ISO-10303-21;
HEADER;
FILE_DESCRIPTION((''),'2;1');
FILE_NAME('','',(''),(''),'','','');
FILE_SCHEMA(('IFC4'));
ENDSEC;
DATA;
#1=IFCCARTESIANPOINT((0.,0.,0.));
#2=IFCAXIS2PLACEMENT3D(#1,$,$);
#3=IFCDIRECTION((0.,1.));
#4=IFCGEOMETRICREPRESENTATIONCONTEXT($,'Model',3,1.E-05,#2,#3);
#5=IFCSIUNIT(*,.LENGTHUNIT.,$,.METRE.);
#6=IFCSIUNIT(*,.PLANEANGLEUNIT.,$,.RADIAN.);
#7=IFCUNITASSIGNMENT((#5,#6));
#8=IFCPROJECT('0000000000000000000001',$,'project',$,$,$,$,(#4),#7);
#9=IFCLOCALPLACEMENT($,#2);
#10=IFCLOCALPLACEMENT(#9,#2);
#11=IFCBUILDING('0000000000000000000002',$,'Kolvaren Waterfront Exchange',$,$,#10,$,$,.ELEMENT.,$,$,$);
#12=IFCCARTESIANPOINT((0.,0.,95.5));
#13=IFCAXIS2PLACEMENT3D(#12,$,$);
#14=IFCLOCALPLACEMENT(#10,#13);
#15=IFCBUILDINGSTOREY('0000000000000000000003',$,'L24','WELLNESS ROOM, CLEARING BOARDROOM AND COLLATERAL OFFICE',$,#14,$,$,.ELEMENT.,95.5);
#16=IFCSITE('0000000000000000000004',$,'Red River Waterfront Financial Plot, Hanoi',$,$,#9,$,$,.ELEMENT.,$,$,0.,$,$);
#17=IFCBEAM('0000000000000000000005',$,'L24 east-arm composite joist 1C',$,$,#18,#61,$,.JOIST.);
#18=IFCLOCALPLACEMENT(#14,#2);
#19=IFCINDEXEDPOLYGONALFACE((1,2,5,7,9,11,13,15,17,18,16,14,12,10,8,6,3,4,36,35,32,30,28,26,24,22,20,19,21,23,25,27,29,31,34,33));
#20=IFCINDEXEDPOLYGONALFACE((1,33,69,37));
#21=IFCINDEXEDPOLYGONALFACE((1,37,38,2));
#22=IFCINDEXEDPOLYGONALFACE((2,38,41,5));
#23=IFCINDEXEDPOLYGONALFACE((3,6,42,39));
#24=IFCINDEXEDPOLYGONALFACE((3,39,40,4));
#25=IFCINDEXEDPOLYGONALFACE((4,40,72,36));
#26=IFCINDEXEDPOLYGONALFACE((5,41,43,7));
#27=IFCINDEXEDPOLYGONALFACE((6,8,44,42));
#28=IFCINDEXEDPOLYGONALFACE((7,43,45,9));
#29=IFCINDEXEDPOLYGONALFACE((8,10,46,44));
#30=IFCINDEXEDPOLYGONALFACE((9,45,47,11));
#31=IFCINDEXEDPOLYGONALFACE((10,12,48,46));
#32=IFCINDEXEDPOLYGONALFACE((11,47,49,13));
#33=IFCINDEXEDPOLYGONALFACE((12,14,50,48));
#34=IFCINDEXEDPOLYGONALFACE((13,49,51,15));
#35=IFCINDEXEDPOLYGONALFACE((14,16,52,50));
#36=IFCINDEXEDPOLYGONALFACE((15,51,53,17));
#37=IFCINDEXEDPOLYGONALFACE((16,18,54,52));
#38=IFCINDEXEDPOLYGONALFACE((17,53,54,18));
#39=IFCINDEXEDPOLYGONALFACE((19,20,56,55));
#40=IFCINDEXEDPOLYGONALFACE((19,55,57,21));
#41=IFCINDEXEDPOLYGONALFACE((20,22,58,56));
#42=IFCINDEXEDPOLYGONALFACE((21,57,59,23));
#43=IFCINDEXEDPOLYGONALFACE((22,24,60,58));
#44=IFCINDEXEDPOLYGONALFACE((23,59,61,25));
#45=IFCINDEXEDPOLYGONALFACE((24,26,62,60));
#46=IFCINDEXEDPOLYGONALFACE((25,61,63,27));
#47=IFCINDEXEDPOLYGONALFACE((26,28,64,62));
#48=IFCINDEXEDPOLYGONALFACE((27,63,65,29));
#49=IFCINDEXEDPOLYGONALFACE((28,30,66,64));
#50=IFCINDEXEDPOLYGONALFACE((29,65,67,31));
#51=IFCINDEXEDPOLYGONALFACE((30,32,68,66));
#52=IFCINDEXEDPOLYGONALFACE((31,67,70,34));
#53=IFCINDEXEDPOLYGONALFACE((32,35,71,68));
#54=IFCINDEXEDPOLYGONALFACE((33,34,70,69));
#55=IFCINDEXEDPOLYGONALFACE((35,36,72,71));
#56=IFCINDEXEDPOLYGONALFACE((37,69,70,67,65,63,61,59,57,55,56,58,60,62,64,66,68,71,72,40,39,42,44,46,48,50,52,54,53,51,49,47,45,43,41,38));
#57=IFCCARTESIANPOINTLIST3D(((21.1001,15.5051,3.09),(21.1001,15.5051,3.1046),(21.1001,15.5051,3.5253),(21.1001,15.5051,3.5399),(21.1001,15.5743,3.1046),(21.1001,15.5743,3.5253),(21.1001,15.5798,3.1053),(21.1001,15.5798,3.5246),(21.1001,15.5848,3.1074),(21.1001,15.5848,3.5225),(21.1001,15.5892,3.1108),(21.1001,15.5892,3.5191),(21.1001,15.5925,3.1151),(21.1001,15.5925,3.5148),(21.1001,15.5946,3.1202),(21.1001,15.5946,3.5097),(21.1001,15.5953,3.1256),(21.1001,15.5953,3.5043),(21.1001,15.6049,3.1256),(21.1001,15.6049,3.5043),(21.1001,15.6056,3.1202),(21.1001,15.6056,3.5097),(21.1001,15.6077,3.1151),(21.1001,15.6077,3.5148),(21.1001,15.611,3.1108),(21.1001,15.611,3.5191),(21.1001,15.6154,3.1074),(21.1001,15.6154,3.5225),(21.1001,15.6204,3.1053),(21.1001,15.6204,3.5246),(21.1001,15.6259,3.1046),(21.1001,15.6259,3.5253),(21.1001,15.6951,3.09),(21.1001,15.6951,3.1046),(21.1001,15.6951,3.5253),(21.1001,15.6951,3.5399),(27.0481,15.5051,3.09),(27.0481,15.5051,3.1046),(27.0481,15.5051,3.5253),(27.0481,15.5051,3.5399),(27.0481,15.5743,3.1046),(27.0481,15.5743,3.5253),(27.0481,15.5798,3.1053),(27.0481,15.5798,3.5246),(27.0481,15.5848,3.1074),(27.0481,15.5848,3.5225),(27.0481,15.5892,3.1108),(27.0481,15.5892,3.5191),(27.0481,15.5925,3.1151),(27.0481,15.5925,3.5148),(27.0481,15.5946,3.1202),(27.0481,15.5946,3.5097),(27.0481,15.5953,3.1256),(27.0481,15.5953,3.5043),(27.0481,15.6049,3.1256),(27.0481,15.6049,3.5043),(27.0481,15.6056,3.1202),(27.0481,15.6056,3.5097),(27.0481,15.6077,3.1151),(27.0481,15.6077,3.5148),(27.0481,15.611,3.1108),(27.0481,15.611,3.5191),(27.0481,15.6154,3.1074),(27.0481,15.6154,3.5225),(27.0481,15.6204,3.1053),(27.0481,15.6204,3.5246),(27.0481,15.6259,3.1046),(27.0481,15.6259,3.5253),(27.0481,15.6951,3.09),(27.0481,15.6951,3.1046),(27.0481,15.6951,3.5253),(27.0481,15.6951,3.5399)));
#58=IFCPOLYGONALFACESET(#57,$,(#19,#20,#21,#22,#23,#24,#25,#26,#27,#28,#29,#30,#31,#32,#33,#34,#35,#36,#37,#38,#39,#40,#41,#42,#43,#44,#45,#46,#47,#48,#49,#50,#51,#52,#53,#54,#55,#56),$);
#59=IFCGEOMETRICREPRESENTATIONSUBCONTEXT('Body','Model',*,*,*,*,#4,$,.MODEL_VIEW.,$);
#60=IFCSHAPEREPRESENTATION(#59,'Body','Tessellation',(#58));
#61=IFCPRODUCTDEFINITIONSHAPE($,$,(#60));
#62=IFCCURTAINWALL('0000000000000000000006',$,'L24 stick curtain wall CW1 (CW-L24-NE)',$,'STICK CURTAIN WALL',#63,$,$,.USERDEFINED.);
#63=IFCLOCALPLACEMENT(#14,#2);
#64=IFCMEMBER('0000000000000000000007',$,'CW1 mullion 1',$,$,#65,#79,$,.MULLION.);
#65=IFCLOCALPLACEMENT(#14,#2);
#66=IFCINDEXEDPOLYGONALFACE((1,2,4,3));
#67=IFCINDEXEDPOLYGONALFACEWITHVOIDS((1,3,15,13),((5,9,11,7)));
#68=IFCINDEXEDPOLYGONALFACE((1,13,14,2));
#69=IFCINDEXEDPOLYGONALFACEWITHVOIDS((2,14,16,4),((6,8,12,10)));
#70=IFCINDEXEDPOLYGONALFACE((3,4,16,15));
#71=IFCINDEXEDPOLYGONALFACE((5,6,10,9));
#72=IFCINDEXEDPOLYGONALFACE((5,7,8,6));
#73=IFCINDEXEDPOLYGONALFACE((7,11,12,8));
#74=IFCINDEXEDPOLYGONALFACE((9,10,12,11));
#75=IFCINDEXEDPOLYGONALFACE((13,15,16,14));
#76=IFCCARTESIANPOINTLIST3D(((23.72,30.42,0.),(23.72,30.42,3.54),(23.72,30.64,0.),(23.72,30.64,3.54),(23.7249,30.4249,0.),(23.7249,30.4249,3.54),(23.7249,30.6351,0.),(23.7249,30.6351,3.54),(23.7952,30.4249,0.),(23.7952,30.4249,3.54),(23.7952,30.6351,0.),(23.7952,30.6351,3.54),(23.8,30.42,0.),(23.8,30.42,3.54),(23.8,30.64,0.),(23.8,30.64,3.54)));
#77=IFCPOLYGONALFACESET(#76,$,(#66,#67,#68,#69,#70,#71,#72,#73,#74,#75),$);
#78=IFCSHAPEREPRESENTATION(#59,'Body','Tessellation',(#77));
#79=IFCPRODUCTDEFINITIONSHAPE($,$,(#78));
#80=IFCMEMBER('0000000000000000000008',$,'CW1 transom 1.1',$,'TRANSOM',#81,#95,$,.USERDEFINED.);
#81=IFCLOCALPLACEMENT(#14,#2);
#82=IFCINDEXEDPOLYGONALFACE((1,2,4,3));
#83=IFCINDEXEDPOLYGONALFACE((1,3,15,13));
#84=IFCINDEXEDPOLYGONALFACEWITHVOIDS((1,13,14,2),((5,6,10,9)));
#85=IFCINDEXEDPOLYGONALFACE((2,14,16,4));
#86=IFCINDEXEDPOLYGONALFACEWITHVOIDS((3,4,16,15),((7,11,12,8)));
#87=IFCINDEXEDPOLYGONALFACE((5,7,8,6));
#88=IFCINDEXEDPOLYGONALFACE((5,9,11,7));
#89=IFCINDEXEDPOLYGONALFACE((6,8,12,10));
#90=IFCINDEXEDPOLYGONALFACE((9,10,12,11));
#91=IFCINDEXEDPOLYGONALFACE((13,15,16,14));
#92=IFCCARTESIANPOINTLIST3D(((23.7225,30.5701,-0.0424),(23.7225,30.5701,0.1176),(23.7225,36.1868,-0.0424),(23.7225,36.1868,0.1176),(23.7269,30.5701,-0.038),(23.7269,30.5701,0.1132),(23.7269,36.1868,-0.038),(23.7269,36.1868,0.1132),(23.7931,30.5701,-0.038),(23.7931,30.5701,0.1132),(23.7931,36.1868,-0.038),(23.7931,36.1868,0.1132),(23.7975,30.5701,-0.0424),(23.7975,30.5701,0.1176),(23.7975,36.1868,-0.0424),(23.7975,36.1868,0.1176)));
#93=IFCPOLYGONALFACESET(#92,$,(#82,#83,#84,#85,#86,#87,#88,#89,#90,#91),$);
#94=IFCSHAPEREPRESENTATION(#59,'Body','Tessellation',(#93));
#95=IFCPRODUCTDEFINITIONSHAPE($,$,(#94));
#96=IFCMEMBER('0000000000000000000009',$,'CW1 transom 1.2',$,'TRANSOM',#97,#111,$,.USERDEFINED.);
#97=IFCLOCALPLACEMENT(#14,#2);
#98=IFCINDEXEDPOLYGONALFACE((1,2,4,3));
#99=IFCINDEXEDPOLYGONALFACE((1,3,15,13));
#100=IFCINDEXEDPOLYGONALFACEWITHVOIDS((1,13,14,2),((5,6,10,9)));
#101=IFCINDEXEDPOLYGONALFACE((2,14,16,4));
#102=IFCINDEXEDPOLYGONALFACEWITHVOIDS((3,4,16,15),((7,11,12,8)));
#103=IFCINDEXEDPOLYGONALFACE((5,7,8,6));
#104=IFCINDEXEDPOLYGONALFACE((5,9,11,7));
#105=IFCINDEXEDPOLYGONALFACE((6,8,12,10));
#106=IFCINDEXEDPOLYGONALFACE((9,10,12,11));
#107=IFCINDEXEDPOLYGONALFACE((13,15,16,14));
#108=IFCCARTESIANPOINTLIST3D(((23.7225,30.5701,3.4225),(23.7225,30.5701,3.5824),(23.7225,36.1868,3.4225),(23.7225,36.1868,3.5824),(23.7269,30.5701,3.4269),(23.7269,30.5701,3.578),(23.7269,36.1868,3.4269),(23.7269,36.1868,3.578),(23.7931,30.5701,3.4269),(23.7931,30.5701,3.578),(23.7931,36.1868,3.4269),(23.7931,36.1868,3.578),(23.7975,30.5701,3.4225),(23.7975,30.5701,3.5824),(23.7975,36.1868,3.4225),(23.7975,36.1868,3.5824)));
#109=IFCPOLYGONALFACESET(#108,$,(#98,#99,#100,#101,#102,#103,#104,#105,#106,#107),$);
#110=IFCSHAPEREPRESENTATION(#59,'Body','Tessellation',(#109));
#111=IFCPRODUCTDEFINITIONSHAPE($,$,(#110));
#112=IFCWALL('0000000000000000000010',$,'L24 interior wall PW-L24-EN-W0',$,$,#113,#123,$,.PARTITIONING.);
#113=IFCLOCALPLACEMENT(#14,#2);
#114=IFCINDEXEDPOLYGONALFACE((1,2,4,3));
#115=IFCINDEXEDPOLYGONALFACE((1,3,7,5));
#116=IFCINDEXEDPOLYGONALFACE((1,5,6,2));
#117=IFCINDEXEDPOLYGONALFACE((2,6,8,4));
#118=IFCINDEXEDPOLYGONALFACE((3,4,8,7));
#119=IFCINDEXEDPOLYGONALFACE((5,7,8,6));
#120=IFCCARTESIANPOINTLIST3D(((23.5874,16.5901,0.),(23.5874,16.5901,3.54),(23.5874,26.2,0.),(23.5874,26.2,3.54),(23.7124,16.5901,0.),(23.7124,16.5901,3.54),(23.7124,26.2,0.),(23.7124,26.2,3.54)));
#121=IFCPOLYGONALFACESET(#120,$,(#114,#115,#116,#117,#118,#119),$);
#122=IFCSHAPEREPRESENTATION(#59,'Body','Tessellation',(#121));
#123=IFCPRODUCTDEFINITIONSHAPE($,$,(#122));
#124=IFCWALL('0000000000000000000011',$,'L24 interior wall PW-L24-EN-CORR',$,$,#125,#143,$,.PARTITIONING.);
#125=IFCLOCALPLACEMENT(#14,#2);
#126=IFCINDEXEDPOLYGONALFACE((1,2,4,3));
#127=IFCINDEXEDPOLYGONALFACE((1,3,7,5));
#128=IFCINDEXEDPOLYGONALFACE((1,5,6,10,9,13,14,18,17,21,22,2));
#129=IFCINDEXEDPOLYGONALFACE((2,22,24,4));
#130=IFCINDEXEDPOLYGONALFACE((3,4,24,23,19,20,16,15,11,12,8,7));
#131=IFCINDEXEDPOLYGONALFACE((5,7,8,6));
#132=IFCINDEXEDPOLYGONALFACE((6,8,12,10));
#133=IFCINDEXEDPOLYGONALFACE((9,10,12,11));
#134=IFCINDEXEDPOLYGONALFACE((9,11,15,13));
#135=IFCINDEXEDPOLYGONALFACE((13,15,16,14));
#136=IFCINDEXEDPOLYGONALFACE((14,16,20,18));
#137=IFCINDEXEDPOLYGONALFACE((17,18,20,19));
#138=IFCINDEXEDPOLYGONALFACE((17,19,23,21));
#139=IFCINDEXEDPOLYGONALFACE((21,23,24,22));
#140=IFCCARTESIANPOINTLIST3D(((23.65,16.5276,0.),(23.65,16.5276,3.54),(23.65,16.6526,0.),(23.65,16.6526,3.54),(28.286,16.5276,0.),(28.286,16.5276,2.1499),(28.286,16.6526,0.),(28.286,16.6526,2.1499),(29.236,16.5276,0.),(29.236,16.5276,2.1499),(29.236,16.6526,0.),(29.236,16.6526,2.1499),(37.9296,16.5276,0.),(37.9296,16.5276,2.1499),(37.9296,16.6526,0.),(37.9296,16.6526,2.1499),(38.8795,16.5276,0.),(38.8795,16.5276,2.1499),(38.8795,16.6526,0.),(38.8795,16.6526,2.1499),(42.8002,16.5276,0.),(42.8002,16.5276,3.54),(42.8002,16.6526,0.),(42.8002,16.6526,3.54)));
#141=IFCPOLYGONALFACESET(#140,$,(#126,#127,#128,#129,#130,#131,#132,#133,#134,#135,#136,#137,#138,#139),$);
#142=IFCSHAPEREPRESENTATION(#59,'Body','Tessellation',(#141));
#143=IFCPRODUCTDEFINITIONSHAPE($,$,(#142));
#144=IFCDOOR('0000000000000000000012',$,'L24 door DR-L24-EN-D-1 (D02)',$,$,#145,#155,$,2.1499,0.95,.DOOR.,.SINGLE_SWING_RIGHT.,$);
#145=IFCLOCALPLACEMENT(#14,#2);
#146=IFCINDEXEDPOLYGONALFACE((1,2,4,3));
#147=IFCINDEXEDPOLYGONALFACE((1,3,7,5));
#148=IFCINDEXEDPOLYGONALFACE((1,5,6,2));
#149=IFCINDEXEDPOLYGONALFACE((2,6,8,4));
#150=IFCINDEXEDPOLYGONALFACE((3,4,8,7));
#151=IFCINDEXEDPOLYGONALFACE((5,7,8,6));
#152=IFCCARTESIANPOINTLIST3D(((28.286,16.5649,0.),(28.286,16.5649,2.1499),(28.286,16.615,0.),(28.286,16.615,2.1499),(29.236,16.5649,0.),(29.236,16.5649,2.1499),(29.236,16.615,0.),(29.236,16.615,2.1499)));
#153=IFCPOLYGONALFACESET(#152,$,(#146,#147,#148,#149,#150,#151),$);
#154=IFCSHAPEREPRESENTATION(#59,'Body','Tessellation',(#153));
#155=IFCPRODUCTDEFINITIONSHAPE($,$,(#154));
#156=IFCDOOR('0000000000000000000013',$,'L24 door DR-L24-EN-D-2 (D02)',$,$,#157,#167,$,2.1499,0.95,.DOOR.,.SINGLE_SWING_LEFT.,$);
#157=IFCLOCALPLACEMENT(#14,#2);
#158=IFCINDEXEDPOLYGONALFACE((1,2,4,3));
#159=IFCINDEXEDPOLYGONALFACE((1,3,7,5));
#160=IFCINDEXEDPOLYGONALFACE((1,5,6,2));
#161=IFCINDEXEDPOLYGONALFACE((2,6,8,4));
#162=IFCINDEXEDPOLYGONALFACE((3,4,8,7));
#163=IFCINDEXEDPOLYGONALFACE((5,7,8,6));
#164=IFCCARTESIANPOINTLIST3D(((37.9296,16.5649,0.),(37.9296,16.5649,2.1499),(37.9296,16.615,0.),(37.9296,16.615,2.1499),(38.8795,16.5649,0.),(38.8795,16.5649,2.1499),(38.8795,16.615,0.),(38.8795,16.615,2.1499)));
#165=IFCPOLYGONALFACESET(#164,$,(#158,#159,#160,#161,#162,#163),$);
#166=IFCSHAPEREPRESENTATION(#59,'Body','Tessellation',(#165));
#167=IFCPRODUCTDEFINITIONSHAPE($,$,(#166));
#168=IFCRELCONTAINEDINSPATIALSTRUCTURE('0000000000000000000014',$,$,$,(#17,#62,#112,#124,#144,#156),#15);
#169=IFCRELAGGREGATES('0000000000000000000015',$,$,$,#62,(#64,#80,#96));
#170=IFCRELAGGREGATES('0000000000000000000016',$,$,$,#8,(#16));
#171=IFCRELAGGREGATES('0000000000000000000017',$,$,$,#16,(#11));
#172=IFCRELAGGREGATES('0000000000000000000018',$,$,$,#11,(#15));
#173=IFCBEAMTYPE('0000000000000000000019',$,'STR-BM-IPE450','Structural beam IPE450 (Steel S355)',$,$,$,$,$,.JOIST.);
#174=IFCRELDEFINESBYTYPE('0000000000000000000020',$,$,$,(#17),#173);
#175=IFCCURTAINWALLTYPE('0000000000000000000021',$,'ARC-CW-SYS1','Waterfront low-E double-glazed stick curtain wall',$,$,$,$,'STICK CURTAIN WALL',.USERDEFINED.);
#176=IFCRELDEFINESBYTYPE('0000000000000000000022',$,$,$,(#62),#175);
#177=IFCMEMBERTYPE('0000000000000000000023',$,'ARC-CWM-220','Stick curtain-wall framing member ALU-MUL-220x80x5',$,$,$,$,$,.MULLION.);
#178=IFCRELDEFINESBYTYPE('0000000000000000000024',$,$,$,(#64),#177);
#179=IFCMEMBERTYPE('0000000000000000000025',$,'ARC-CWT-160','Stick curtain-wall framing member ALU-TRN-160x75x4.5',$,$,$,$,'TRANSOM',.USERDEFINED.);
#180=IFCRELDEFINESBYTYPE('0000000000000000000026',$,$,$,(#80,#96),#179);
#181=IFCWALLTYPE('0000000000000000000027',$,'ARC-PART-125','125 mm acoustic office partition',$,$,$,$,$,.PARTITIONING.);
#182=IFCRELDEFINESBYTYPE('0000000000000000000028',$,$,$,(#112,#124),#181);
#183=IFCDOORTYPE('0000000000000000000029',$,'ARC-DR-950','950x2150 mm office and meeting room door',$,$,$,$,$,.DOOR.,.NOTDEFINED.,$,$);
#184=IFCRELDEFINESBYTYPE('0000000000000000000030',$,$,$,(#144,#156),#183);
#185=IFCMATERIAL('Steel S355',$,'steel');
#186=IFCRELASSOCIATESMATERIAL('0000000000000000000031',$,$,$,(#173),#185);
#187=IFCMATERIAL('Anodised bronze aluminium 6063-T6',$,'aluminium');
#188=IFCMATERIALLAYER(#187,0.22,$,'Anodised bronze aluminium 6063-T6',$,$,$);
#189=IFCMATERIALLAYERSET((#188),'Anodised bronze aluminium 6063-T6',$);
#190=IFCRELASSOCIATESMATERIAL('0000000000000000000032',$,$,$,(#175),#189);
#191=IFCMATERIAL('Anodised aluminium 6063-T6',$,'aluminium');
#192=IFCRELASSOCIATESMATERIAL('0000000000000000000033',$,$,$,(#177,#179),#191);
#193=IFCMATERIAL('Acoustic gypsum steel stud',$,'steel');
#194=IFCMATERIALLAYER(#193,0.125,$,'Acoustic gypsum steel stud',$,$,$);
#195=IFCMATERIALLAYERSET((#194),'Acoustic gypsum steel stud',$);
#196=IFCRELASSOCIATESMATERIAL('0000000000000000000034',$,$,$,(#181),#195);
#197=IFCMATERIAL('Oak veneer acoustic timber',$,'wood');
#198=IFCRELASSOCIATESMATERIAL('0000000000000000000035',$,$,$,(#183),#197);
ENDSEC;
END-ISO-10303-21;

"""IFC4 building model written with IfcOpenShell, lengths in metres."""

from ifc_helpers import new_model, si_unit, direction, frame, frame_2d, origin, origin_with_axes, origin_2d, place, context, subcontext, project, spatial, rectangle, hollow_rectangle, i_section, extrude, source, transform, mapped, material, layer, layer_set, material_profile, profile_set, type_object, element, fill, aggregate, save


model = new_model("IFC4")

# Units and contexts
model_context = context("Model", 3, precision=1e-05, world=origin(), true_north=direction((0.0, 1.0)))
body_context = subcontext(model_context, "Body", "Model", "MODEL_VIEW")
ifc_project = project(units=[si_unit("LENGTHUNIT", "METRE"), si_unit("PLANEANGLEUNIT", "RADIAN")], contexts=[model_context])

# Site, building, storey
site_placement = place(None, origin())
site = spatial("IfcSite", under=ifc_project, at=site_placement, Name="Red River Waterfront Financial Plot, Hanoi", CompositionType="ELEMENT", RefElevation=0.0)
building_placement = place(site_placement, origin())
building = spatial("IfcBuilding", under=site, at=building_placement, Name="Kolvaren Waterfront Exchange", CompositionType="ELEMENT")
storey_placement = place(building_placement, frame((0.0, 0.0, 95.5)))
storey = spatial("IfcBuildingStorey", under=building, at=storey_placement, Name="L24", Description="WELLNESS ROOM, CLEARING BOARDROOM AND COLLATERAL OFFICE", CompositionType="ELEMENT", Elevation=95.5)

# Beam
ifc_material_1 = material(Name="Steel S355", Category="steel")
ifc_material_profile_1 = material_profile(ifc_material_1, i_section(OverallWidth=0.1899, OverallDepth=0.45, WebThickness=0.0095, FlangeThickness=0.0146, FilletRadius=0.021, at=origin_2d()), Name="IPE450")
ifc_profile_set_1 = profile_set([ifc_material_profile_1], Name="Steel S355")
beam_type_1 = type_object("IfcBeamType", Name="STR-BM-IPE450", Description="Structural beam IPE450 (Steel S355)", PredefinedType="JOIST", material=ifc_profile_set_1)
for number, where, z_axis, x_axis, name in (
    (1, (21.1001, 15.6001, 3.3149), (1.0, 0.0, 0.0), (0.0, 1.0, 0.0), "L24 east-arm composite joist 1C"),
):
    element("IfcBeam", number, at=place(storey_placement, frame(where, z_axis=z_axis, x_axis=x_axis)), inside=storey, type_object=beam_type_1, Name=name, PredefinedType="JOIST", context=body_context, shape_type="SweptSolid", body=[
        extrude(i_section(OverallWidth=0.1899, OverallDepth=0.45, WebThickness=0.0095, FlangeThickness=0.0146, FilletRadius=0.021, at=origin_2d()), origin(), (0.0, 0.0, 1.0), 5.948),
    ])

# Curtain wall, members
ifc_material_2 = material(Name="Anodised bronze aluminium 6063-T6", Category="aluminium")
ifc_layer_1 = layer(ifc_material_2, 0.22, Name="Anodised bronze aluminium 6063-T6")
ifc_layer_set_1 = layer_set([ifc_layer_1], Name="Anodised bronze aluminium 6063-T6")
curtain_wall_type = type_object("IfcCurtainWallType", Name="ARC-CW-SYS1", Description="Waterfront low-E double-glazed stick curtain wall", ElementType="STICK CURTAIN WALL", PredefinedType="USERDEFINED", material=ifc_layer_set_1)
curtain_wall_placement = place(storey_placement, origin())
curtain_wall = element("IfcCurtainWall", 2, at=curtain_wall_placement, inside=storey, type_object=curtain_wall_type, Name="L24 stick curtain wall CW1 (CW-L24-NE)", ObjectType="STICK CURTAIN WALL", PredefinedType="USERDEFINED")
ifc_material_3 = material(Name="Anodised aluminium 6063-T6", Category="aluminium")
ifc_material_profile_2 = material_profile(ifc_material_3, hollow_rectangle(XDim=0.0801, YDim=0.22, WallThickness=0.0049, at=origin_2d()), Name="ALU-MUL-220x80x5")
ifc_profile_set_2 = profile_set([ifc_material_profile_2], Name="Anodised aluminium 6063-T6")
member_type_1 = type_object("IfcMemberType", Name="ARC-CWM-220", Description="Stick curtain-wall framing member ALU-MUL-220x80x5", PredefinedType="MULLION", material=ifc_profile_set_2)
shared_shape_1 = source(origin_with_axes(), body_context, "Body", "SweptSolid", [
    extrude(hollow_rectangle(XDim=0.0801, YDim=0.22, WallThickness=0.0049, at=origin_2d()), origin(), (0.0, 0.0, 1.0), 3.54),
])
member_1_placement = place(storey_placement, frame((23.76, 30.53, 0.0), z_axis=(0.0, 0.0, 1.0), x_axis=(-1.0, 0.0, 0.0)))
member_1 = element("IfcMember", 3, at=member_1_placement, type_object=member_type_1, Name="CW1 mullion 1", PredefinedType="MULLION", context=body_context, shape_type="MappedRepresentation", body=[
    mapped(shared_shape_1, transform((0.0, 0.0, 0.0), x_axis=(1.0, 0.0, 0.0), y_axis=(0.0, 1.0, 0.0), z_axis=(0.0, 0.0, 1.0), scale=1.0)),
])
ifc_material_profile_3 = material_profile(ifc_material_3, hollow_rectangle(XDim=0.075, YDim=0.1599, WallThickness=0.0044, at=origin_2d()), Name="ALU-TRN-160x75x4.5")
ifc_profile_set_3 = profile_set([ifc_material_profile_3], Name="Anodised aluminium 6063-T6")
member_type_2 = type_object("IfcMemberType", Name="ARC-CWT-160", Description="Stick curtain-wall framing member ALU-TRN-160x75x4.5", ElementType="TRANSOM", PredefinedType="USERDEFINED", material=ifc_profile_set_3)
shared_shape_2 = source(origin_with_axes(), body_context, "Body", "SweptSolid", [
    extrude(hollow_rectangle(XDim=0.075, YDim=0.1599, WallThickness=0.0044, at=origin_2d()), origin(), (0.0, 0.0, 1.0), 5.6167),
])
member_2_placement = place(storey_placement, frame((23.76, 30.5701, 0.0376), z_axis=(0.0, 1.0, 0.0), x_axis=(-1.0, 0.0, 0.0)))
member_2 = element("IfcMember", 4, at=member_2_placement, type_object=member_type_2, Name="CW1 transom 1.1", ObjectType="TRANSOM", PredefinedType="USERDEFINED", context=body_context, shape_type="MappedRepresentation", body=[
    mapped(shared_shape_2, transform((0.0, 0.0, 0.0), x_axis=(1.0, 0.0, 0.0), y_axis=(0.0, 1.0, 0.0), z_axis=(0.0, 0.0, 1.0), scale=1.0)),
])
member_3_placement = place(storey_placement, frame((23.76, 30.5701, 3.5024), z_axis=(0.0, 1.0, 0.0), x_axis=(-1.0, 0.0, 0.0)))
member_3 = element("IfcMember", 5, at=member_3_placement, type_object=member_type_2, Name="CW1 transom 1.2", ObjectType="TRANSOM", PredefinedType="USERDEFINED", context=body_context, shape_type="MappedRepresentation", body=[
    mapped(shared_shape_2, transform((0.0, 0.0, 0.0), x_axis=(1.0, 0.0, 0.0), y_axis=(0.0, 1.0, 0.0), z_axis=(0.0, 0.0, 1.0), scale=1.0)),
])
aggregate(curtain_wall, [member_1, member_2, member_3])

# Wall
ifc_material_4 = material(Name="Acoustic gypsum steel stud", Category="steel")
ifc_layer_2 = layer(ifc_material_4, 0.125, Name="Acoustic gypsum steel stud")
ifc_layer_set_2 = layer_set([ifc_layer_2], Name="Acoustic gypsum steel stud")
wall_type_1 = type_object("IfcWallType", Name="ARC-PART-125", Description="125 mm acoustic office partition", PredefinedType="PARTITIONING", material=ifc_layer_set_2)
wall_1_placement = place(storey_placement, frame((23.6499, 16.5901, 0.0), z_axis=(0.0, 0.0, 1.0), x_axis=(0.0, 1.0, 0.0)))
element("IfcWall", 6, at=wall_1_placement, inside=storey, type_object=wall_type_1, Name="L24 interior wall PW-L24-EN-W0", PredefinedType="PARTITIONING", context=body_context, shape_type="SweptSolid", body=[
    extrude(rectangle(XDim=9.6099, YDim=0.125, at=frame_2d((4.8049, 0.0))), origin(), (0.0, 0.0, 1.0), 3.54),
])

# Wall, openings, doors
wall_2_placement = place(storey_placement, frame((23.6499, 16.5901, 0.0), z_axis=(0.0, 0.0, 1.0), x_axis=(1.0, 0.0, 0.0)))
wall_2 = element("IfcWall", 7, at=wall_2_placement, inside=storey, type_object=wall_type_1, Name="L24 interior wall PW-L24-EN-CORR", PredefinedType="PARTITIONING", context=body_context, shape_type="SweptSolid", body=[
    extrude(rectangle(XDim=19.1501, YDim=0.125, at=frame_2d((9.5752, 0.0))), origin(), (0.0, 0.0, 1.0), 3.54),
])
opening_1_placement = place(wall_2_placement, frame((4.636, 0.0, 0.0)))
opening_1 = element("IfcOpeningElement", 8, at=opening_1_placement, cuts=wall_2, PredefinedType="OPENING", context=body_context, shape_type="SweptSolid", body=[
    extrude(rectangle(XDim=0.95, YDim=2.1499, at=frame_2d((0.4751, 1.075))), frame((0.0, 0.0725, 0.0), z_axis=(0.0, -1.0, 0.0), x_axis=(1.0, 0.0, 0.0)), (0.0, 0.0, 1.0), 0.145),
])
opening_2_placement = place(wall_2_placement, frame((14.2795, 0.0, 0.0)))
opening_2 = element("IfcOpeningElement", 9, at=opening_2_placement, cuts=wall_2, PredefinedType="OPENING", context=body_context, shape_type="SweptSolid", body=[
    extrude(rectangle(XDim=0.95, YDim=2.1499, at=frame_2d((0.4751, 1.075))), frame((0.0, 0.0725, 0.0), z_axis=(0.0, -1.0, 0.0), x_axis=(1.0, 0.0, 0.0)), (0.0, 0.0, 1.0), 0.145),
])
ifc_material_5 = material(Name="Oak veneer acoustic timber", Category="wood")
door_type = type_object("IfcDoorType", Name="ARC-DR-950", Description="950x2150 mm office and meeting room door", OperationType="NOTDEFINED", PredefinedType="DOOR", material=ifc_material_5)
door_1_placement = place(opening_1_placement, origin())
door_1 = element("IfcDoor", 10, at=door_1_placement, inside=storey, type_object=door_type, Name="L24 door DR-L24-EN-D-1 (D02)", OperationType="SINGLE_SWING_RIGHT", OverallHeight=2.1499, OverallWidth=0.95, PredefinedType="DOOR", context=body_context, shape_type="SweptSolid", body=[
    extrude(rectangle(XDim=0.95, YDim=2.1499, at=frame_2d((0.4751, 1.075))), frame((0.0, 0.0249, 0.0), z_axis=(0.0, -1.0, 0.0), x_axis=(1.0, 0.0, 0.0)), (0.0, 0.0, 1.0), 0.05),
])
fill(opening_1, door_1)
door_2_placement = place(opening_2_placement, origin())
door_2 = element("IfcDoor", 11, at=door_2_placement, inside=storey, type_object=door_type, Name="L24 door DR-L24-EN-D-2 (D02)", OperationType="SINGLE_SWING_LEFT", OverallHeight=2.1499, OverallWidth=0.95, PredefinedType="DOOR", context=body_context, shape_type="SweptSolid", body=[
    extrude(rectangle(XDim=0.95, YDim=2.1499, at=frame_2d((0.4751, 1.075))), frame((0.0, 0.0249, 0.0), z_axis=(0.0, -1.0, 0.0), x_axis=(1.0, 0.0, 0.0)), (0.0, 0.0, 1.0), 0.05),
])
fill(opening_2, door_2)

save(model, "model.ifc")
